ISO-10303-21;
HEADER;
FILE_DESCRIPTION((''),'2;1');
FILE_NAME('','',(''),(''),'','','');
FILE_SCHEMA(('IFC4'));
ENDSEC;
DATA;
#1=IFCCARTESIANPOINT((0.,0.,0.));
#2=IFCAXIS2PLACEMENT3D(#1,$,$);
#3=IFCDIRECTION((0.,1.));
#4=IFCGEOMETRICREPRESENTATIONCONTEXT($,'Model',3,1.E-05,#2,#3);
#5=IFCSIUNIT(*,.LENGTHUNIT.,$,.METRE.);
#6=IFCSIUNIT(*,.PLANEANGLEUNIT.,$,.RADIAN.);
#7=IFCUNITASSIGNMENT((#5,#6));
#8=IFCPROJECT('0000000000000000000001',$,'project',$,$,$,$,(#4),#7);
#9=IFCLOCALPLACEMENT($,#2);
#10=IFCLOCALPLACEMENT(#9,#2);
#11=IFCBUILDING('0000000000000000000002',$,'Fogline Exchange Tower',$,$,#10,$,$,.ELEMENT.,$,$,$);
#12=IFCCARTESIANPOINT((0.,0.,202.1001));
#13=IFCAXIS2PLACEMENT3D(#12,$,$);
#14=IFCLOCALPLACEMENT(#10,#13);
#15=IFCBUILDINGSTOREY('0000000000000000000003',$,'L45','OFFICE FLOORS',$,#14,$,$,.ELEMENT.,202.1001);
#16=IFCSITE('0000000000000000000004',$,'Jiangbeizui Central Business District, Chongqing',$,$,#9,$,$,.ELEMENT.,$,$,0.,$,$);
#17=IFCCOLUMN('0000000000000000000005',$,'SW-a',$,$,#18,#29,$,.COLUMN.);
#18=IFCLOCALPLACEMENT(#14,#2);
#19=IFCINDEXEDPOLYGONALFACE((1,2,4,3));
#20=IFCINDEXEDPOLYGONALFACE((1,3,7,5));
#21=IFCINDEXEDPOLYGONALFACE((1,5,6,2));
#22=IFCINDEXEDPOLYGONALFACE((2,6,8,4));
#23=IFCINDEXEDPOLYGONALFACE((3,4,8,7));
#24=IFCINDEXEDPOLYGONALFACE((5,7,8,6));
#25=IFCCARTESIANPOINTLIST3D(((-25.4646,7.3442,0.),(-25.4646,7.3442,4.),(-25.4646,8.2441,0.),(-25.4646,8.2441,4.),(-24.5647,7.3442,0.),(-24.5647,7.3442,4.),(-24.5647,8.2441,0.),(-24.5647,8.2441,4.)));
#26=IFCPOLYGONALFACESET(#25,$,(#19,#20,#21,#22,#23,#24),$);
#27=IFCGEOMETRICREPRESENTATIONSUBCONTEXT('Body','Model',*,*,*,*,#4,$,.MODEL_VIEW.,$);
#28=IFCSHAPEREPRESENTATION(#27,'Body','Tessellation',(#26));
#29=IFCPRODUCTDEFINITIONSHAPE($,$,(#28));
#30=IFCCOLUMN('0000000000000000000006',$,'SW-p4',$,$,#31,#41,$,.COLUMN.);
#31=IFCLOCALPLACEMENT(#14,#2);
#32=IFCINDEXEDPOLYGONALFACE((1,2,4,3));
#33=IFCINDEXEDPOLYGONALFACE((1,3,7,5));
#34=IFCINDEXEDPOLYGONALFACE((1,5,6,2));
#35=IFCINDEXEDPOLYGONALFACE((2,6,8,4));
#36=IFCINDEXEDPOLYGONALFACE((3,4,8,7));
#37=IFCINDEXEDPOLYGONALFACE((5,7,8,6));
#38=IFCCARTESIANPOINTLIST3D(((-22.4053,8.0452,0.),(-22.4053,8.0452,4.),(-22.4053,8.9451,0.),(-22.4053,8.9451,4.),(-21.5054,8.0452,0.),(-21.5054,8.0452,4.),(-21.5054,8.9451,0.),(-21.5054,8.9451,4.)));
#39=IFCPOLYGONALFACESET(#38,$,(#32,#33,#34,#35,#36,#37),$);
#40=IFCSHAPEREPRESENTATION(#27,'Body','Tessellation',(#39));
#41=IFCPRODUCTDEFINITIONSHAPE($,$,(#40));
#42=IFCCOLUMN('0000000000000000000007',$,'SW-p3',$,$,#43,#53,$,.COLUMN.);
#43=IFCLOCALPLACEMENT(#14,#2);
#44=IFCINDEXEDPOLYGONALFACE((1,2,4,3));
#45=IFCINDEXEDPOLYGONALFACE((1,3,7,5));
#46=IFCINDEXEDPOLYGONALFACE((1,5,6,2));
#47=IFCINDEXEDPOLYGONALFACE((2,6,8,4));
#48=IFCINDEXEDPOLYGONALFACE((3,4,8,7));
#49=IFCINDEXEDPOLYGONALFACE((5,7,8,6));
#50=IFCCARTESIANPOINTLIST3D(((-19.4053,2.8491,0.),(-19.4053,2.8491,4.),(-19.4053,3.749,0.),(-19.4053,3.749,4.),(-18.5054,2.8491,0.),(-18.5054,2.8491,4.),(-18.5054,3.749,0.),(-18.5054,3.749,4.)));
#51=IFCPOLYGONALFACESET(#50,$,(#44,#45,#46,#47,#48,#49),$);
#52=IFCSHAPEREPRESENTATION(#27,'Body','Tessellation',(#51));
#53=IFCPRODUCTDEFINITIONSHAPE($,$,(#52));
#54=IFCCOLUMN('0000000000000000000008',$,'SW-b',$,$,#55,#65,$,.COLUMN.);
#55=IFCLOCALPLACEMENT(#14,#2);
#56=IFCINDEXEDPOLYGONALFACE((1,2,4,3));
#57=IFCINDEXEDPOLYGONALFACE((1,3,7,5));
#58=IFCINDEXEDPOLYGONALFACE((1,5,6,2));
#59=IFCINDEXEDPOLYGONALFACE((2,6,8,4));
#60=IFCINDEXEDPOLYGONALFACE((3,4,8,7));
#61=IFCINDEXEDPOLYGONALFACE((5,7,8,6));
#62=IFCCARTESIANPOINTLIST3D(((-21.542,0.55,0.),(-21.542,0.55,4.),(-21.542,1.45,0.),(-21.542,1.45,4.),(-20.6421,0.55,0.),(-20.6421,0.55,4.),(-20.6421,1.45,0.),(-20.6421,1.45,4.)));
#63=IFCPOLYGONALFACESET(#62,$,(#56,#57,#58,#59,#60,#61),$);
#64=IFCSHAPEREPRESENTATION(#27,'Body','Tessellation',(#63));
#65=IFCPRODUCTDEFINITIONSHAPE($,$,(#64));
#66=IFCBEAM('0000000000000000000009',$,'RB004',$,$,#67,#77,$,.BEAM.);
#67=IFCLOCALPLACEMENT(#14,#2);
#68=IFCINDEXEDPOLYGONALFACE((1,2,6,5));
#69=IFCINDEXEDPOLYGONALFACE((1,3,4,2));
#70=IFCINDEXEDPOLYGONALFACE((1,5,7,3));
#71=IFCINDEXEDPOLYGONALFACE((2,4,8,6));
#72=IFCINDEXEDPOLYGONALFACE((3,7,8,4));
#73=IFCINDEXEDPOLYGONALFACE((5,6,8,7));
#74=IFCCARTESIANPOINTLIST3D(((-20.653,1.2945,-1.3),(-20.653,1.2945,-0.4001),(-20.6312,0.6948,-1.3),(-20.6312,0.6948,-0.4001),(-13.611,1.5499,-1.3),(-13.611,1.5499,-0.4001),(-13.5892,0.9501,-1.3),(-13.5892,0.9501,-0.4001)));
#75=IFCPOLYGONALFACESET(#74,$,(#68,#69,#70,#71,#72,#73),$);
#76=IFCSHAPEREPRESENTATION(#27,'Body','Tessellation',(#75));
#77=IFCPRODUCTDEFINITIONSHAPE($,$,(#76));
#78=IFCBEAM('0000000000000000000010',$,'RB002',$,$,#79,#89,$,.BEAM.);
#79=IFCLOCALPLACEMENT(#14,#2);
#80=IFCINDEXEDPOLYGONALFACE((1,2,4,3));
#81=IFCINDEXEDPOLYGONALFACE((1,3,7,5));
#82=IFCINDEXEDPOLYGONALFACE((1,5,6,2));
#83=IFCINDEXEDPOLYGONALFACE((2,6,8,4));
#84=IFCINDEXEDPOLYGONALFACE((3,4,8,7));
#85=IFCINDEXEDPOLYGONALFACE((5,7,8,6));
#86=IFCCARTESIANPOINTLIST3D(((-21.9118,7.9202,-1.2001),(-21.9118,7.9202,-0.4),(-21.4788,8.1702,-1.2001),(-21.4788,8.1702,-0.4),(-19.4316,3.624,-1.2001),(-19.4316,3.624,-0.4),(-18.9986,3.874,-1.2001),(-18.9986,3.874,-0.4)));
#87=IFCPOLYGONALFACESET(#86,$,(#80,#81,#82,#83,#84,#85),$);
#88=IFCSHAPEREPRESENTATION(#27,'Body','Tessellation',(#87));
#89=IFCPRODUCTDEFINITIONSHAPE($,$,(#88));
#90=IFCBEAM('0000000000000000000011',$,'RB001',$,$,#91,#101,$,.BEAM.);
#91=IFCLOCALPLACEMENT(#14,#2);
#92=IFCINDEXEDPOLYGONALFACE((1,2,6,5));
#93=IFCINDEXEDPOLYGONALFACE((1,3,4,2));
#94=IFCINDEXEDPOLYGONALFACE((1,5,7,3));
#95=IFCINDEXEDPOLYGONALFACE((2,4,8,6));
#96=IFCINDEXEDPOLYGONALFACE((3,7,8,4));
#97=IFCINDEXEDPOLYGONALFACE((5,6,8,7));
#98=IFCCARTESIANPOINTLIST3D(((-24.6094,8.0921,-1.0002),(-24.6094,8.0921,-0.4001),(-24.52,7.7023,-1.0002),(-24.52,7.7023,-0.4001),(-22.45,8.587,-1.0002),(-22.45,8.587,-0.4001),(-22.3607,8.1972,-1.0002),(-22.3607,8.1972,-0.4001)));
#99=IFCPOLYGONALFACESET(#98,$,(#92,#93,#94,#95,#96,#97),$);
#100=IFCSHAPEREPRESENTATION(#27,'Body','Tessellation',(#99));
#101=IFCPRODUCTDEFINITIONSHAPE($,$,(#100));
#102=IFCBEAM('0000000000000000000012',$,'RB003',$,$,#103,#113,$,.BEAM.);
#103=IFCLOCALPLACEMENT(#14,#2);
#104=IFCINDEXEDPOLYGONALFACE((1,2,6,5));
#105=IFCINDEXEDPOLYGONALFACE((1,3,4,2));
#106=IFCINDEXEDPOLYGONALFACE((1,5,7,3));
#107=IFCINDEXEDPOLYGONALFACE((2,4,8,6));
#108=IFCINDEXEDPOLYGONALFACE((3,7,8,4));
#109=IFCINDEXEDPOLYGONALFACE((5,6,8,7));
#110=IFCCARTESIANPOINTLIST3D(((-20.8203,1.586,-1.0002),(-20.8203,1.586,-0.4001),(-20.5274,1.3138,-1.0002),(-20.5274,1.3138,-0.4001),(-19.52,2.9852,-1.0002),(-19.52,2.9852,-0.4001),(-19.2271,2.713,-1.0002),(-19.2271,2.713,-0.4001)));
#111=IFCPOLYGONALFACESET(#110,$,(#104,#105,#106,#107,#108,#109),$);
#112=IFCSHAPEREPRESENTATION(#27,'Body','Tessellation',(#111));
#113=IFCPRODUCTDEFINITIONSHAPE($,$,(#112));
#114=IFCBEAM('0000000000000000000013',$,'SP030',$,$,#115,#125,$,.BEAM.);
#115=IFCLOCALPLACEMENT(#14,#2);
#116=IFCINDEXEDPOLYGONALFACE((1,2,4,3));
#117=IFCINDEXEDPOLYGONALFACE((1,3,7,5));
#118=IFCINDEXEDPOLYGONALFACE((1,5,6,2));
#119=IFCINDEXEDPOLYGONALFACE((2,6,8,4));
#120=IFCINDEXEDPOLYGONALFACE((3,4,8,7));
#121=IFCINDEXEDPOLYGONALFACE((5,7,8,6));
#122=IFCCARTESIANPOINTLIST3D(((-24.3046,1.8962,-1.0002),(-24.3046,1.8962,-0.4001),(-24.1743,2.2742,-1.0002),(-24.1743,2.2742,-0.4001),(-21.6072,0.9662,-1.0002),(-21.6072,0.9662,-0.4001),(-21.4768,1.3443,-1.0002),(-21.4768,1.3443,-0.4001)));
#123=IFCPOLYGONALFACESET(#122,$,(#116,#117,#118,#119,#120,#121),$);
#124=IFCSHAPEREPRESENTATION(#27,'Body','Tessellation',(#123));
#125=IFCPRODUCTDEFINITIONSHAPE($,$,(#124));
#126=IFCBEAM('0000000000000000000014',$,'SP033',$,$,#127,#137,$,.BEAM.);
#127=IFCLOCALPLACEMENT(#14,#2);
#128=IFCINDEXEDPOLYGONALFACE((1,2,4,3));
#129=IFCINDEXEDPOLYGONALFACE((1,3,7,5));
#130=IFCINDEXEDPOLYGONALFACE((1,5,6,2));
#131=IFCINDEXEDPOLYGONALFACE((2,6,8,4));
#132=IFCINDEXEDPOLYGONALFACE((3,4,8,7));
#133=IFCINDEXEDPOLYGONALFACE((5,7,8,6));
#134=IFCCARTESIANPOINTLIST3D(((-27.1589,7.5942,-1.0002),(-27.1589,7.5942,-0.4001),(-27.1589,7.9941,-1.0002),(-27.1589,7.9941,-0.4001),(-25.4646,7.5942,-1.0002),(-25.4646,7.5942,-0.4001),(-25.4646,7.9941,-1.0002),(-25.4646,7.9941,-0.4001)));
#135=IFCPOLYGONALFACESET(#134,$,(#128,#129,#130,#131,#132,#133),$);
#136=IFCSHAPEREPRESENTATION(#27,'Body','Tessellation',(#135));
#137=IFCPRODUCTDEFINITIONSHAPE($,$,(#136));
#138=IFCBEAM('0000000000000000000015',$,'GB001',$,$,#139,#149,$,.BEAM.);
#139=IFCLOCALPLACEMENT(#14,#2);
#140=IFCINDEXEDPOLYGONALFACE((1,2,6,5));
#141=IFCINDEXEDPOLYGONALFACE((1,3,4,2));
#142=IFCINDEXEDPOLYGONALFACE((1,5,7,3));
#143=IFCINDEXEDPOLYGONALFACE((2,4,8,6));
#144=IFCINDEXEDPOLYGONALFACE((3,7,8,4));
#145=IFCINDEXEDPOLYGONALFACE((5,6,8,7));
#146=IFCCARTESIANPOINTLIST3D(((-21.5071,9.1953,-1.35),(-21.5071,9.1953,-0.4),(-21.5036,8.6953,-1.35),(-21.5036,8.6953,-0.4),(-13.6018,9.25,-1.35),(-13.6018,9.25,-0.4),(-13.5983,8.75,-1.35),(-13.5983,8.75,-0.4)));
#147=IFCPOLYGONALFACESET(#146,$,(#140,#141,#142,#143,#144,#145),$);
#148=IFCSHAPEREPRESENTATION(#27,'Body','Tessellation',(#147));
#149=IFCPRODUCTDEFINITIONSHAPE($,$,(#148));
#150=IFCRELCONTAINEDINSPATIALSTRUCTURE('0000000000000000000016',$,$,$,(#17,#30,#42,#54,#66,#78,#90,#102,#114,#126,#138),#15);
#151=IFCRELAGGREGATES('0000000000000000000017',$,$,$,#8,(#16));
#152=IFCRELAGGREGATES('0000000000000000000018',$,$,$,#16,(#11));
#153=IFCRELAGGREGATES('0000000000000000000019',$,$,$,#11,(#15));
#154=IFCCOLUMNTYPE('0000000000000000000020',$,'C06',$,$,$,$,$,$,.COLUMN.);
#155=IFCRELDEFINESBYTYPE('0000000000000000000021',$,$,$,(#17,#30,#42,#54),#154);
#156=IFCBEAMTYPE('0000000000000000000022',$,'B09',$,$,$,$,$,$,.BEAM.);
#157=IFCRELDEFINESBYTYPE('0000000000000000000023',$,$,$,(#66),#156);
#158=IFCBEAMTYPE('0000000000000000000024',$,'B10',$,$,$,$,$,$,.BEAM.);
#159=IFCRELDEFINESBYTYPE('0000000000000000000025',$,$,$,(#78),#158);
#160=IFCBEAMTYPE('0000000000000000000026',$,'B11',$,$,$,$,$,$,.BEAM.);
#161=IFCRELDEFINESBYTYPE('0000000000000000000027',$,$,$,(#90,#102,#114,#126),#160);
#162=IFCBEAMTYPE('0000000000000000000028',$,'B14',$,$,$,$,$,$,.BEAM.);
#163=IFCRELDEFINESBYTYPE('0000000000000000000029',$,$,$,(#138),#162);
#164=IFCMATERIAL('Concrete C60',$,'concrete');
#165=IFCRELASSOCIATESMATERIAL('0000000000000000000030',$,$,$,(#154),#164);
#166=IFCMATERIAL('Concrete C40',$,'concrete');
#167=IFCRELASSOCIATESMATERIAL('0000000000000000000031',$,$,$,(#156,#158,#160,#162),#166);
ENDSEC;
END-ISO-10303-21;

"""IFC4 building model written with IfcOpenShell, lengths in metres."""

from ifc_helpers import new_model, si_unit, direction, frame, origin, origin_2d, place, context, subcontext, project, spatial, rectangle, extrude, material, material_profile, profile_set, type_object, element, save


model = new_model("IFC4")

# Units and contexts
model_context = context("Model", 3, precision=1e-05, world=origin(), true_north=direction((0.0, 1.0)))
body_context = subcontext(model_context, "Body", "Model", "MODEL_VIEW")
ifc_project = project(units=[si_unit("LENGTHUNIT", "METRE"), si_unit("PLANEANGLEUNIT", "RADIAN")], contexts=[model_context])

# Site, building, storey
site_placement = place(None, origin())
site = spatial("IfcSite", under=ifc_project, at=site_placement, Name="Jiangbeizui Central Business District, Chongqing", CompositionType="ELEMENT", RefElevation=0.0)
building_placement = place(site_placement, origin())
building = spatial("IfcBuilding", under=site, at=building_placement, Name="Fogline Exchange Tower", CompositionType="ELEMENT")
storey_placement = place(building_placement, frame((0.0, 0.0, 202.1001)))
storey = spatial("IfcBuildingStorey", under=building, at=storey_placement, Name="L45", Description="OFFICE FLOORS", CompositionType="ELEMENT", Elevation=202.1001)

# Columns
ifc_material_1 = material(Name="Concrete C60", Category="concrete")
ifc_material_profile_1 = material_profile(ifc_material_1, rectangle(XDim=0.8999, YDim=0.8999, at=origin_2d()), Name="RC 900x900")
ifc_profile_set_1 = profile_set([ifc_material_profile_1], Name="Concrete C60")
column_type = type_object("IfcColumnType", Name="C06", PredefinedType="COLUMN", material=ifc_profile_set_1)
for number, where, z_axis, x_axis, name in (
    (1, (-25.0146, 7.7942, 0.0), (0.0, 0.0, 1.0), (1.0, 0.0, 0.0), "SW-a"),
    (2, (-21.9553, 8.4951, 0.0), (0.0, 0.0, 1.0), (1.0, 0.0, 0.0), "SW-p4"),
    (3, (-18.9553, 3.2991, 0.0), (0.0, 0.0, 1.0), (1.0, 0.0, 0.0), "SW-p3"),
    (4, (-21.092, 1.0, 0.0), (0.0, 0.0, 1.0), (1.0, 0.0, 0.0), "SW-b"),
):
    element("IfcColumn", number, at=place(storey_placement, frame(where, z_axis=z_axis, x_axis=x_axis)), inside=storey, type_object=column_type, Name=name, PredefinedType="COLUMN", context=body_context, shape_type="SweptSolid", body=[
        extrude(rectangle(XDim=0.8999, YDim=0.8999, at=origin_2d()), origin(), (0.0, 0.0, 1.0), 4.0),
    ])

# Beams
ifc_material_2 = material(Name="Concrete C40", Category="concrete")
ifc_material_profile_2 = material_profile(ifc_material_2, rectangle(XDim=0.6001, YDim=0.8999, at=origin_2d()), Name="RC 600x900")
ifc_profile_set_2 = profile_set([ifc_material_profile_2], Name="Concrete C40")
beam_type_1 = type_object("IfcBeamType", Name="B09", PredefinedType="BEAM", material=ifc_profile_set_2)
beam_1_placement = place(storey_placement, frame((-20.6421, 0.9946, -0.8501), z_axis=(0.999343, 0.03624, 0.0), x_axis=(-0.03624, 0.999343, 0.0)))
element("IfcBeam", 5, at=beam_1_placement, inside=storey, type_object=beam_type_1, Name="RB004", PredefinedType="BEAM", context=body_context, shape_type="SweptSolid", body=[
    extrude(rectangle(XDim=0.6001, YDim=0.8999, at=origin_2d()), origin(), (0.0, 0.0, 1.0), 7.0466),
])
ifc_material_profile_3 = material_profile(ifc_material_2, rectangle(XDim=0.5, YDim=0.8, at=origin_2d()), Name="RC 500x800")
ifc_profile_set_3 = profile_set([ifc_material_profile_3], Name="Concrete C40")
beam_type_2 = type_object("IfcBeamType", Name="B10", PredefinedType="BEAM", material=ifc_profile_set_3)
beam_2_placement = place(storey_placement, frame((-21.6953, 8.0452, -0.8), z_axis=(0.499977, -0.866039, 0.0), x_axis=(0.866039, 0.499977, 0.0)))
element("IfcBeam", 6, at=beam_2_placement, inside=storey, type_object=beam_type_2, Name="RB002", PredefinedType="BEAM", context=body_context, shape_type="SweptSolid", body=[
    extrude(rectangle(XDim=0.5, YDim=0.8, at=origin_2d()), origin(), (0.0, 0.0, 1.0), 4.9607),
])
ifc_material_profile_4 = material_profile(ifc_material_2, rectangle(XDim=0.3999, YDim=0.6001, at=origin_2d()), Name="RC 400x600")
ifc_profile_set_4 = profile_set([ifc_material_profile_4], Name="Concrete C40")
beam_type_3 = type_object("IfcBeamType", Name="B11", PredefinedType="BEAM", material=ifc_profile_set_4)
beam_3_placement = place(storey_placement, frame((-24.5647, 7.8972, -0.7002), z_axis=(0.974732, 0.223378, 0.0), x_axis=(-0.223378, 0.974732, 0.0)))
element("IfcBeam", 7, at=beam_3_placement, inside=storey, type_object=beam_type_3, Name="RB001", PredefinedType="BEAM", context=body_context, shape_type="SweptSolid", body=[
    extrude(rectangle(XDim=0.3999, YDim=0.6001, at=origin_2d()), origin(), (0.0, 0.0, 1.0), 2.2153),
])
beam_4_placement = place(storey_placement, frame((-19.3735, 2.8491, -0.7002), z_axis=(-0.68075, -0.732516, 0.0), x_axis=(0.732516, -0.68075, 0.0)))
element("IfcBeam", 8, at=beam_4_placement, inside=storey, type_object=beam_type_3, Name="RB003", PredefinedType="BEAM", context=body_context, shape_type="SweptSolid", body=[
    extrude(rectangle(XDim=0.3999, YDim=0.6001, at=origin_2d()), origin(), (0.0, 0.0, 1.0), 1.9102),
])
beam_5_placement = place(storey_placement, frame((-21.542, 1.1553, -0.7002), z_axis=(-0.945399, 0.325914, 0.0), x_axis=(-0.325914, -0.945399, 0.0)))
element("IfcBeam", 9, at=beam_5_placement, inside=storey, type_object=beam_type_3, Name="SP030", PredefinedType="BEAM", context=body_context, shape_type="SweptSolid", body=[
    extrude(rectangle(XDim=0.3999, YDim=0.6001, at=origin_2d()), origin(), (0.0, 0.0, 1.0), 2.8533),
])
beam_6_placement = place(storey_placement, frame((-25.4646, 7.7942, -0.7002), z_axis=(-1.0, 0.0, 0.0), x_axis=(0.0, -1.0, 0.0)))
element("IfcBeam", 10, at=beam_6_placement, inside=storey, type_object=beam_type_3, Name="SP033", PredefinedType="BEAM", context=body_context, shape_type="SweptSolid", body=[
    extrude(rectangle(XDim=0.3999, YDim=0.6001, at=origin_2d()), origin(), (0.0, 0.0, 1.0), 1.6943),
])
ifc_material_profile_5 = material_profile(ifc_material_2, rectangle(XDim=0.5, YDim=0.95, at=origin_2d()), Name="RC 500x950")
ifc_profile_set_5 = profile_set([ifc_material_profile_5], Name="Concrete C40")
beam_type_4 = type_object("IfcBeamType", Name="B14", PredefinedType="BEAM", material=ifc_profile_set_5)
beam_7_placement = place(storey_placement, frame((-21.5054, 8.9453, -0.875), z_axis=(0.999976, 0.006918, 0.0), x_axis=(-0.006918, 0.999976, 0.0)))
element("IfcBeam", 11, at=beam_7_placement, inside=storey, type_object=beam_type_4, Name="GB001", PredefinedType="BEAM", context=body_context, shape_type="SweptSolid", body=[
    extrude(rectangle(XDim=0.5, YDim=0.95, at=origin_2d()), origin(), (0.0, 0.0, 1.0), 7.9055),
])

save(model, "model.ifc")
